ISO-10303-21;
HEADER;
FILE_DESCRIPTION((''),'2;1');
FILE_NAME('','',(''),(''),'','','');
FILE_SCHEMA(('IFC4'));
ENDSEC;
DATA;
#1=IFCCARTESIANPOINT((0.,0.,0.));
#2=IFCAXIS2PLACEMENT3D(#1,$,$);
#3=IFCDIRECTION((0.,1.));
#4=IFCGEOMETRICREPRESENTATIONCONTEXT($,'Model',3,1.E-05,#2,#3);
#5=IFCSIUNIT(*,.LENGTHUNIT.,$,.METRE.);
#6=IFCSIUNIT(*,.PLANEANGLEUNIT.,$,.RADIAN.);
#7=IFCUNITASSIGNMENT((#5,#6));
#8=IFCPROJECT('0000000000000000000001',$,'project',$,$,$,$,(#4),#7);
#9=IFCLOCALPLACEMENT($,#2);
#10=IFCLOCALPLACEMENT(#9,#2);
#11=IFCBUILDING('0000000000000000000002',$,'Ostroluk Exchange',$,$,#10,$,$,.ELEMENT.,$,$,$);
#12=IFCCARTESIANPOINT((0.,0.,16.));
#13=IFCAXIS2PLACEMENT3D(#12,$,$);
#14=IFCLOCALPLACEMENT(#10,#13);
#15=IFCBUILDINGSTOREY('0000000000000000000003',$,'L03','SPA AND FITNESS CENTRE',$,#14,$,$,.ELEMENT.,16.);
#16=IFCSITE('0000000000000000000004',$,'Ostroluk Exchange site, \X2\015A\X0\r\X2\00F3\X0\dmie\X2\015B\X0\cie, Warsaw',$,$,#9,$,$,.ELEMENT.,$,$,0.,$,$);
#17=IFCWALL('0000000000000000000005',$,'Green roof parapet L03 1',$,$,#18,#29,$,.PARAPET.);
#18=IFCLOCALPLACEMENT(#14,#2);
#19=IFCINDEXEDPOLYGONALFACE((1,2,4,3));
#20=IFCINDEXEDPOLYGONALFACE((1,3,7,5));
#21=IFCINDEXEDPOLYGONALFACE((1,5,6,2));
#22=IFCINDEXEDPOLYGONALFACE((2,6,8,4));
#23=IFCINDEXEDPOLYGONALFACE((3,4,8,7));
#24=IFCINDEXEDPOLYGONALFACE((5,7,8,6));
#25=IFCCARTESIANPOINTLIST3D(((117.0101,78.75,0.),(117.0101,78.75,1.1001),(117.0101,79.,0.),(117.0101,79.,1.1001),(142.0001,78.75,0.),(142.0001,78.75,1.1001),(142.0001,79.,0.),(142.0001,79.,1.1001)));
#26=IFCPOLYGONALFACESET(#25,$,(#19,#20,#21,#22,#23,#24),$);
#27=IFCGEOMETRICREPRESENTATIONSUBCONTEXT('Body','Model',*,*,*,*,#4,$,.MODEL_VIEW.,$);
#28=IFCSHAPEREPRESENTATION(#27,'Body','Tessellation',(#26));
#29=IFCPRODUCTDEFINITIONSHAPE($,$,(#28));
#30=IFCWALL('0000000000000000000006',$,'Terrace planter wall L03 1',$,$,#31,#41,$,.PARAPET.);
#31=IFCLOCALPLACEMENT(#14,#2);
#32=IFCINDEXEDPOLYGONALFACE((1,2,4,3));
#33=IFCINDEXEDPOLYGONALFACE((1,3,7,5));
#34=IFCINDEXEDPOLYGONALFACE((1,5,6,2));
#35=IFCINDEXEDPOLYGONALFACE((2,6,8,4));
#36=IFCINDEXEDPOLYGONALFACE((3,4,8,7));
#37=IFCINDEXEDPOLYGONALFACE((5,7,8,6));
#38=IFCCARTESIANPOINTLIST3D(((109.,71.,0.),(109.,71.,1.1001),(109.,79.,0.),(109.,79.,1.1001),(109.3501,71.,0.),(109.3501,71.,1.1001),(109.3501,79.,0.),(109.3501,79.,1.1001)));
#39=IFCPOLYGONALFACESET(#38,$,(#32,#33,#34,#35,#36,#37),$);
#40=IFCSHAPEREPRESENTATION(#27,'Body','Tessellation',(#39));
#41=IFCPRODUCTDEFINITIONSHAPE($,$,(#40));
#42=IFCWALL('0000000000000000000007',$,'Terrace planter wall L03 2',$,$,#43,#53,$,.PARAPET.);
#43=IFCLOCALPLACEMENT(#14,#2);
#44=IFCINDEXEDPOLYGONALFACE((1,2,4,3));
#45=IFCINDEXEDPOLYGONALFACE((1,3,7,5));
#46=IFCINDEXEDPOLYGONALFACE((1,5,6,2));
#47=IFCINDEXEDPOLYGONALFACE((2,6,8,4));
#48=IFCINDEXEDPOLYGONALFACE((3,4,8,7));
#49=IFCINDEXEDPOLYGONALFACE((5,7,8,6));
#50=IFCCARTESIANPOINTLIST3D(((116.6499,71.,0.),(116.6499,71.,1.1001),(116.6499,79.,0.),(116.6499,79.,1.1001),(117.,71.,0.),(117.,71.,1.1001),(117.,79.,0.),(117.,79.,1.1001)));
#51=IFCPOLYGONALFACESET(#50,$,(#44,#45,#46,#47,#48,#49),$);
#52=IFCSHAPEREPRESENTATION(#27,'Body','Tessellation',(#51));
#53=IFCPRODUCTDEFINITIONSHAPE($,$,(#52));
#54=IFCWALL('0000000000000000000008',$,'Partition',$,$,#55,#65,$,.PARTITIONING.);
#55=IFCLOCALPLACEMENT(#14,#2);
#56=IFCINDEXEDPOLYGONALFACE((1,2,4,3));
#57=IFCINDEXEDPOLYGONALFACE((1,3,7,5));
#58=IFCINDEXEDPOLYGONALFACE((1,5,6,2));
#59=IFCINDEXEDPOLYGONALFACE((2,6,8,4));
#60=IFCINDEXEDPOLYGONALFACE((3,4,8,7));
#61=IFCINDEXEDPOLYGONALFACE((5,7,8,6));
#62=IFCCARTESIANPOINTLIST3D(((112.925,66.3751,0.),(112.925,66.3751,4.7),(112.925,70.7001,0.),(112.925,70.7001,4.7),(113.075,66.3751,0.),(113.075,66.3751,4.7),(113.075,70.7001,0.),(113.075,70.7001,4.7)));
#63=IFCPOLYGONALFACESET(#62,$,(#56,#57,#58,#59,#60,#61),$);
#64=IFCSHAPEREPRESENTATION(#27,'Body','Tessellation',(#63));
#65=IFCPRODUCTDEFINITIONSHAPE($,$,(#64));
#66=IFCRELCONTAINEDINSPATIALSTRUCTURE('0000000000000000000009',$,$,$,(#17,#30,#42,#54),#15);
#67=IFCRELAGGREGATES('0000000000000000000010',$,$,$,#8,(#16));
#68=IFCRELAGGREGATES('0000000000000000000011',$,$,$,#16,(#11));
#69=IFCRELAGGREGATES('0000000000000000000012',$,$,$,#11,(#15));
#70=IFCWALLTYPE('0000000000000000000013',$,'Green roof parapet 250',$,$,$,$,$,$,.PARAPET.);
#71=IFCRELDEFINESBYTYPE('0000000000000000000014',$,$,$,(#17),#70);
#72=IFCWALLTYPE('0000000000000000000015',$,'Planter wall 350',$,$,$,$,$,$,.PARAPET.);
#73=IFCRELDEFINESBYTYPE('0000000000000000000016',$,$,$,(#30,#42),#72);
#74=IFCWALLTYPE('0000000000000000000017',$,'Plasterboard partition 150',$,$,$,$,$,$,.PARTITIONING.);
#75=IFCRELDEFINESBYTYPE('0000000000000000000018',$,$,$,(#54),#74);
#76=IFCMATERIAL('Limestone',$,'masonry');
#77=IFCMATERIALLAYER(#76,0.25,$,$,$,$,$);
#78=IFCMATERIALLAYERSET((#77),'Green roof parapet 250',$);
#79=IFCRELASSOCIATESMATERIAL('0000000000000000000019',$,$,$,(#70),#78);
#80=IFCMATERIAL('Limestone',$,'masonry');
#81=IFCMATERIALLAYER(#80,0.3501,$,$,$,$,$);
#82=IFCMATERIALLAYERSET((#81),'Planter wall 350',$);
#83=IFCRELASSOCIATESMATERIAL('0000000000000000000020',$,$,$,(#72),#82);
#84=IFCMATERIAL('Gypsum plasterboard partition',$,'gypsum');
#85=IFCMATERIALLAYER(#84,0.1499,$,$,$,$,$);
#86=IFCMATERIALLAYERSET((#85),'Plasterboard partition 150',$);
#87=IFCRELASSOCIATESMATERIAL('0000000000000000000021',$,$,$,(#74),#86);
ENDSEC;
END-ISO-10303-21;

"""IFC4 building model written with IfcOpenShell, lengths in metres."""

from ifc_helpers import new_model, si_unit, direction, frame, frame_2d, origin, place, context, subcontext, project, spatial, rectangle, extrude, material, layer, layer_set, type_object, element, save


model = new_model("IFC4")

# Units and contexts
model_context = context("Model", 3, precision=1e-05, world=origin(), true_north=direction((0.0, 1.0)))
body_context = subcontext(model_context, "Body", "Model", "MODEL_VIEW")
ifc_project = project(units=[si_unit("LENGTHUNIT", "METRE"), si_unit("PLANEANGLEUNIT", "RADIAN")], contexts=[model_context])

# Site, building, storey
site_placement = place(None, origin())
site = spatial("IfcSite", under=ifc_project, at=site_placement, Name="Ostroluk Exchange site, Śródmieście, Warsaw", CompositionType="ELEMENT", RefElevation=0.0)
building_placement = place(site_placement, origin())
building = spatial("IfcBuilding", under=site, at=building_placement, Name="Ostroluk Exchange", CompositionType="ELEMENT")
storey_placement = place(building_placement, frame((0.0, 0.0, 16.0)))
storey = spatial("IfcBuildingStorey", under=building, at=storey_placement, Name="L03", Description="SPA AND FITNESS CENTRE", CompositionType="ELEMENT", Elevation=16.0)

# Walls
ifc_material_1 = material(Name="Limestone", Category="masonry")
ifc_layer_1 = layer(ifc_material_1, 0.25)
ifc_layer_set_1 = layer_set([ifc_layer_1], Name="Green roof parapet 250")
wall_type_1 = type_object("IfcWallType", Name="Green roof parapet 250", PredefinedType="PARAPET", material=ifc_layer_set_1)
wall_1_placement = place(storey_placement, frame((117.01, 78.875, 0.0), z_axis=(0.0, 0.0, 1.0), x_axis=(1.0, 0.0, 0.0)))
element("IfcWall", 1, at=wall_1_placement, inside=storey, type_object=wall_type_1, Name="Green roof parapet L03 1", PredefinedType="PARAPET", context=body_context, shape_type="SweptSolid", body=[
    extrude(rectangle(XDim=24.99, YDim=0.25, at=frame_2d((12.4951, 0.0))), origin(), (0.0, 0.0, 1.0), 1.1001),
])
ifc_material_2 = material(Name="Limestone", Category="masonry")
ifc_layer_2 = layer(ifc_material_2, 0.3501)
ifc_layer_set_2 = layer_set([ifc_layer_2], Name="Planter wall 350")
wall_type_2 = type_object("IfcWallType", Name="Planter wall 350", PredefinedType="PARAPET", material=ifc_layer_set_2)
for number, where, z_axis, x_axis, name in (
    (2, (109.175, 71.0, 0.0), (0.0, 0.0, 1.0), (0.0, 1.0, 0.0), "Terrace planter wall L03 1"),
    (3, (116.825, 71.0, 0.0), (0.0, 0.0, 1.0), (0.0, 1.0, 0.0), "Terrace planter wall L03 2"),
):
    element("IfcWall", number, at=place(storey_placement, frame(where, z_axis=z_axis, x_axis=x_axis)), inside=storey, type_object=wall_type_2, Name=name, PredefinedType="PARAPET", context=body_context, shape_type="SweptSolid", body=[
        extrude(rectangle(XDim=8.0, YDim=0.3501, at=frame_2d((4.0, 0.0))), origin(), (0.0, 0.0, 1.0), 1.1001),
    ])
ifc_material_3 = material(Name="Gypsum plasterboard partition", Category="gypsum")
ifc_layer_3 = layer(ifc_material_3, 0.1499)
ifc_layer_set_3 = layer_set([ifc_layer_3], Name="Plasterboard partition 150")
wall_type_3 = type_object("IfcWallType", Name="Plasterboard partition 150", PredefinedType="PARTITIONING", material=ifc_layer_set_3)
wall_2_placement = place(storey_placement, frame((113.0, 66.375, 0.0), z_axis=(0.0, 0.0, 1.0), x_axis=(0.0, 1.0, 0.0)))
element("IfcWall", 4, at=wall_2_placement, inside=storey, type_object=wall_type_3, Name="Partition", PredefinedType="PARTITIONING", context=body_context, shape_type="SweptSolid", body=[
    extrude(rectangle(XDim=4.325, YDim=0.1499, at=frame_2d((2.1626, 0.0))), origin(), (0.0, 0.0, 1.0), 4.7),
])

save(model, "model.ifc")
